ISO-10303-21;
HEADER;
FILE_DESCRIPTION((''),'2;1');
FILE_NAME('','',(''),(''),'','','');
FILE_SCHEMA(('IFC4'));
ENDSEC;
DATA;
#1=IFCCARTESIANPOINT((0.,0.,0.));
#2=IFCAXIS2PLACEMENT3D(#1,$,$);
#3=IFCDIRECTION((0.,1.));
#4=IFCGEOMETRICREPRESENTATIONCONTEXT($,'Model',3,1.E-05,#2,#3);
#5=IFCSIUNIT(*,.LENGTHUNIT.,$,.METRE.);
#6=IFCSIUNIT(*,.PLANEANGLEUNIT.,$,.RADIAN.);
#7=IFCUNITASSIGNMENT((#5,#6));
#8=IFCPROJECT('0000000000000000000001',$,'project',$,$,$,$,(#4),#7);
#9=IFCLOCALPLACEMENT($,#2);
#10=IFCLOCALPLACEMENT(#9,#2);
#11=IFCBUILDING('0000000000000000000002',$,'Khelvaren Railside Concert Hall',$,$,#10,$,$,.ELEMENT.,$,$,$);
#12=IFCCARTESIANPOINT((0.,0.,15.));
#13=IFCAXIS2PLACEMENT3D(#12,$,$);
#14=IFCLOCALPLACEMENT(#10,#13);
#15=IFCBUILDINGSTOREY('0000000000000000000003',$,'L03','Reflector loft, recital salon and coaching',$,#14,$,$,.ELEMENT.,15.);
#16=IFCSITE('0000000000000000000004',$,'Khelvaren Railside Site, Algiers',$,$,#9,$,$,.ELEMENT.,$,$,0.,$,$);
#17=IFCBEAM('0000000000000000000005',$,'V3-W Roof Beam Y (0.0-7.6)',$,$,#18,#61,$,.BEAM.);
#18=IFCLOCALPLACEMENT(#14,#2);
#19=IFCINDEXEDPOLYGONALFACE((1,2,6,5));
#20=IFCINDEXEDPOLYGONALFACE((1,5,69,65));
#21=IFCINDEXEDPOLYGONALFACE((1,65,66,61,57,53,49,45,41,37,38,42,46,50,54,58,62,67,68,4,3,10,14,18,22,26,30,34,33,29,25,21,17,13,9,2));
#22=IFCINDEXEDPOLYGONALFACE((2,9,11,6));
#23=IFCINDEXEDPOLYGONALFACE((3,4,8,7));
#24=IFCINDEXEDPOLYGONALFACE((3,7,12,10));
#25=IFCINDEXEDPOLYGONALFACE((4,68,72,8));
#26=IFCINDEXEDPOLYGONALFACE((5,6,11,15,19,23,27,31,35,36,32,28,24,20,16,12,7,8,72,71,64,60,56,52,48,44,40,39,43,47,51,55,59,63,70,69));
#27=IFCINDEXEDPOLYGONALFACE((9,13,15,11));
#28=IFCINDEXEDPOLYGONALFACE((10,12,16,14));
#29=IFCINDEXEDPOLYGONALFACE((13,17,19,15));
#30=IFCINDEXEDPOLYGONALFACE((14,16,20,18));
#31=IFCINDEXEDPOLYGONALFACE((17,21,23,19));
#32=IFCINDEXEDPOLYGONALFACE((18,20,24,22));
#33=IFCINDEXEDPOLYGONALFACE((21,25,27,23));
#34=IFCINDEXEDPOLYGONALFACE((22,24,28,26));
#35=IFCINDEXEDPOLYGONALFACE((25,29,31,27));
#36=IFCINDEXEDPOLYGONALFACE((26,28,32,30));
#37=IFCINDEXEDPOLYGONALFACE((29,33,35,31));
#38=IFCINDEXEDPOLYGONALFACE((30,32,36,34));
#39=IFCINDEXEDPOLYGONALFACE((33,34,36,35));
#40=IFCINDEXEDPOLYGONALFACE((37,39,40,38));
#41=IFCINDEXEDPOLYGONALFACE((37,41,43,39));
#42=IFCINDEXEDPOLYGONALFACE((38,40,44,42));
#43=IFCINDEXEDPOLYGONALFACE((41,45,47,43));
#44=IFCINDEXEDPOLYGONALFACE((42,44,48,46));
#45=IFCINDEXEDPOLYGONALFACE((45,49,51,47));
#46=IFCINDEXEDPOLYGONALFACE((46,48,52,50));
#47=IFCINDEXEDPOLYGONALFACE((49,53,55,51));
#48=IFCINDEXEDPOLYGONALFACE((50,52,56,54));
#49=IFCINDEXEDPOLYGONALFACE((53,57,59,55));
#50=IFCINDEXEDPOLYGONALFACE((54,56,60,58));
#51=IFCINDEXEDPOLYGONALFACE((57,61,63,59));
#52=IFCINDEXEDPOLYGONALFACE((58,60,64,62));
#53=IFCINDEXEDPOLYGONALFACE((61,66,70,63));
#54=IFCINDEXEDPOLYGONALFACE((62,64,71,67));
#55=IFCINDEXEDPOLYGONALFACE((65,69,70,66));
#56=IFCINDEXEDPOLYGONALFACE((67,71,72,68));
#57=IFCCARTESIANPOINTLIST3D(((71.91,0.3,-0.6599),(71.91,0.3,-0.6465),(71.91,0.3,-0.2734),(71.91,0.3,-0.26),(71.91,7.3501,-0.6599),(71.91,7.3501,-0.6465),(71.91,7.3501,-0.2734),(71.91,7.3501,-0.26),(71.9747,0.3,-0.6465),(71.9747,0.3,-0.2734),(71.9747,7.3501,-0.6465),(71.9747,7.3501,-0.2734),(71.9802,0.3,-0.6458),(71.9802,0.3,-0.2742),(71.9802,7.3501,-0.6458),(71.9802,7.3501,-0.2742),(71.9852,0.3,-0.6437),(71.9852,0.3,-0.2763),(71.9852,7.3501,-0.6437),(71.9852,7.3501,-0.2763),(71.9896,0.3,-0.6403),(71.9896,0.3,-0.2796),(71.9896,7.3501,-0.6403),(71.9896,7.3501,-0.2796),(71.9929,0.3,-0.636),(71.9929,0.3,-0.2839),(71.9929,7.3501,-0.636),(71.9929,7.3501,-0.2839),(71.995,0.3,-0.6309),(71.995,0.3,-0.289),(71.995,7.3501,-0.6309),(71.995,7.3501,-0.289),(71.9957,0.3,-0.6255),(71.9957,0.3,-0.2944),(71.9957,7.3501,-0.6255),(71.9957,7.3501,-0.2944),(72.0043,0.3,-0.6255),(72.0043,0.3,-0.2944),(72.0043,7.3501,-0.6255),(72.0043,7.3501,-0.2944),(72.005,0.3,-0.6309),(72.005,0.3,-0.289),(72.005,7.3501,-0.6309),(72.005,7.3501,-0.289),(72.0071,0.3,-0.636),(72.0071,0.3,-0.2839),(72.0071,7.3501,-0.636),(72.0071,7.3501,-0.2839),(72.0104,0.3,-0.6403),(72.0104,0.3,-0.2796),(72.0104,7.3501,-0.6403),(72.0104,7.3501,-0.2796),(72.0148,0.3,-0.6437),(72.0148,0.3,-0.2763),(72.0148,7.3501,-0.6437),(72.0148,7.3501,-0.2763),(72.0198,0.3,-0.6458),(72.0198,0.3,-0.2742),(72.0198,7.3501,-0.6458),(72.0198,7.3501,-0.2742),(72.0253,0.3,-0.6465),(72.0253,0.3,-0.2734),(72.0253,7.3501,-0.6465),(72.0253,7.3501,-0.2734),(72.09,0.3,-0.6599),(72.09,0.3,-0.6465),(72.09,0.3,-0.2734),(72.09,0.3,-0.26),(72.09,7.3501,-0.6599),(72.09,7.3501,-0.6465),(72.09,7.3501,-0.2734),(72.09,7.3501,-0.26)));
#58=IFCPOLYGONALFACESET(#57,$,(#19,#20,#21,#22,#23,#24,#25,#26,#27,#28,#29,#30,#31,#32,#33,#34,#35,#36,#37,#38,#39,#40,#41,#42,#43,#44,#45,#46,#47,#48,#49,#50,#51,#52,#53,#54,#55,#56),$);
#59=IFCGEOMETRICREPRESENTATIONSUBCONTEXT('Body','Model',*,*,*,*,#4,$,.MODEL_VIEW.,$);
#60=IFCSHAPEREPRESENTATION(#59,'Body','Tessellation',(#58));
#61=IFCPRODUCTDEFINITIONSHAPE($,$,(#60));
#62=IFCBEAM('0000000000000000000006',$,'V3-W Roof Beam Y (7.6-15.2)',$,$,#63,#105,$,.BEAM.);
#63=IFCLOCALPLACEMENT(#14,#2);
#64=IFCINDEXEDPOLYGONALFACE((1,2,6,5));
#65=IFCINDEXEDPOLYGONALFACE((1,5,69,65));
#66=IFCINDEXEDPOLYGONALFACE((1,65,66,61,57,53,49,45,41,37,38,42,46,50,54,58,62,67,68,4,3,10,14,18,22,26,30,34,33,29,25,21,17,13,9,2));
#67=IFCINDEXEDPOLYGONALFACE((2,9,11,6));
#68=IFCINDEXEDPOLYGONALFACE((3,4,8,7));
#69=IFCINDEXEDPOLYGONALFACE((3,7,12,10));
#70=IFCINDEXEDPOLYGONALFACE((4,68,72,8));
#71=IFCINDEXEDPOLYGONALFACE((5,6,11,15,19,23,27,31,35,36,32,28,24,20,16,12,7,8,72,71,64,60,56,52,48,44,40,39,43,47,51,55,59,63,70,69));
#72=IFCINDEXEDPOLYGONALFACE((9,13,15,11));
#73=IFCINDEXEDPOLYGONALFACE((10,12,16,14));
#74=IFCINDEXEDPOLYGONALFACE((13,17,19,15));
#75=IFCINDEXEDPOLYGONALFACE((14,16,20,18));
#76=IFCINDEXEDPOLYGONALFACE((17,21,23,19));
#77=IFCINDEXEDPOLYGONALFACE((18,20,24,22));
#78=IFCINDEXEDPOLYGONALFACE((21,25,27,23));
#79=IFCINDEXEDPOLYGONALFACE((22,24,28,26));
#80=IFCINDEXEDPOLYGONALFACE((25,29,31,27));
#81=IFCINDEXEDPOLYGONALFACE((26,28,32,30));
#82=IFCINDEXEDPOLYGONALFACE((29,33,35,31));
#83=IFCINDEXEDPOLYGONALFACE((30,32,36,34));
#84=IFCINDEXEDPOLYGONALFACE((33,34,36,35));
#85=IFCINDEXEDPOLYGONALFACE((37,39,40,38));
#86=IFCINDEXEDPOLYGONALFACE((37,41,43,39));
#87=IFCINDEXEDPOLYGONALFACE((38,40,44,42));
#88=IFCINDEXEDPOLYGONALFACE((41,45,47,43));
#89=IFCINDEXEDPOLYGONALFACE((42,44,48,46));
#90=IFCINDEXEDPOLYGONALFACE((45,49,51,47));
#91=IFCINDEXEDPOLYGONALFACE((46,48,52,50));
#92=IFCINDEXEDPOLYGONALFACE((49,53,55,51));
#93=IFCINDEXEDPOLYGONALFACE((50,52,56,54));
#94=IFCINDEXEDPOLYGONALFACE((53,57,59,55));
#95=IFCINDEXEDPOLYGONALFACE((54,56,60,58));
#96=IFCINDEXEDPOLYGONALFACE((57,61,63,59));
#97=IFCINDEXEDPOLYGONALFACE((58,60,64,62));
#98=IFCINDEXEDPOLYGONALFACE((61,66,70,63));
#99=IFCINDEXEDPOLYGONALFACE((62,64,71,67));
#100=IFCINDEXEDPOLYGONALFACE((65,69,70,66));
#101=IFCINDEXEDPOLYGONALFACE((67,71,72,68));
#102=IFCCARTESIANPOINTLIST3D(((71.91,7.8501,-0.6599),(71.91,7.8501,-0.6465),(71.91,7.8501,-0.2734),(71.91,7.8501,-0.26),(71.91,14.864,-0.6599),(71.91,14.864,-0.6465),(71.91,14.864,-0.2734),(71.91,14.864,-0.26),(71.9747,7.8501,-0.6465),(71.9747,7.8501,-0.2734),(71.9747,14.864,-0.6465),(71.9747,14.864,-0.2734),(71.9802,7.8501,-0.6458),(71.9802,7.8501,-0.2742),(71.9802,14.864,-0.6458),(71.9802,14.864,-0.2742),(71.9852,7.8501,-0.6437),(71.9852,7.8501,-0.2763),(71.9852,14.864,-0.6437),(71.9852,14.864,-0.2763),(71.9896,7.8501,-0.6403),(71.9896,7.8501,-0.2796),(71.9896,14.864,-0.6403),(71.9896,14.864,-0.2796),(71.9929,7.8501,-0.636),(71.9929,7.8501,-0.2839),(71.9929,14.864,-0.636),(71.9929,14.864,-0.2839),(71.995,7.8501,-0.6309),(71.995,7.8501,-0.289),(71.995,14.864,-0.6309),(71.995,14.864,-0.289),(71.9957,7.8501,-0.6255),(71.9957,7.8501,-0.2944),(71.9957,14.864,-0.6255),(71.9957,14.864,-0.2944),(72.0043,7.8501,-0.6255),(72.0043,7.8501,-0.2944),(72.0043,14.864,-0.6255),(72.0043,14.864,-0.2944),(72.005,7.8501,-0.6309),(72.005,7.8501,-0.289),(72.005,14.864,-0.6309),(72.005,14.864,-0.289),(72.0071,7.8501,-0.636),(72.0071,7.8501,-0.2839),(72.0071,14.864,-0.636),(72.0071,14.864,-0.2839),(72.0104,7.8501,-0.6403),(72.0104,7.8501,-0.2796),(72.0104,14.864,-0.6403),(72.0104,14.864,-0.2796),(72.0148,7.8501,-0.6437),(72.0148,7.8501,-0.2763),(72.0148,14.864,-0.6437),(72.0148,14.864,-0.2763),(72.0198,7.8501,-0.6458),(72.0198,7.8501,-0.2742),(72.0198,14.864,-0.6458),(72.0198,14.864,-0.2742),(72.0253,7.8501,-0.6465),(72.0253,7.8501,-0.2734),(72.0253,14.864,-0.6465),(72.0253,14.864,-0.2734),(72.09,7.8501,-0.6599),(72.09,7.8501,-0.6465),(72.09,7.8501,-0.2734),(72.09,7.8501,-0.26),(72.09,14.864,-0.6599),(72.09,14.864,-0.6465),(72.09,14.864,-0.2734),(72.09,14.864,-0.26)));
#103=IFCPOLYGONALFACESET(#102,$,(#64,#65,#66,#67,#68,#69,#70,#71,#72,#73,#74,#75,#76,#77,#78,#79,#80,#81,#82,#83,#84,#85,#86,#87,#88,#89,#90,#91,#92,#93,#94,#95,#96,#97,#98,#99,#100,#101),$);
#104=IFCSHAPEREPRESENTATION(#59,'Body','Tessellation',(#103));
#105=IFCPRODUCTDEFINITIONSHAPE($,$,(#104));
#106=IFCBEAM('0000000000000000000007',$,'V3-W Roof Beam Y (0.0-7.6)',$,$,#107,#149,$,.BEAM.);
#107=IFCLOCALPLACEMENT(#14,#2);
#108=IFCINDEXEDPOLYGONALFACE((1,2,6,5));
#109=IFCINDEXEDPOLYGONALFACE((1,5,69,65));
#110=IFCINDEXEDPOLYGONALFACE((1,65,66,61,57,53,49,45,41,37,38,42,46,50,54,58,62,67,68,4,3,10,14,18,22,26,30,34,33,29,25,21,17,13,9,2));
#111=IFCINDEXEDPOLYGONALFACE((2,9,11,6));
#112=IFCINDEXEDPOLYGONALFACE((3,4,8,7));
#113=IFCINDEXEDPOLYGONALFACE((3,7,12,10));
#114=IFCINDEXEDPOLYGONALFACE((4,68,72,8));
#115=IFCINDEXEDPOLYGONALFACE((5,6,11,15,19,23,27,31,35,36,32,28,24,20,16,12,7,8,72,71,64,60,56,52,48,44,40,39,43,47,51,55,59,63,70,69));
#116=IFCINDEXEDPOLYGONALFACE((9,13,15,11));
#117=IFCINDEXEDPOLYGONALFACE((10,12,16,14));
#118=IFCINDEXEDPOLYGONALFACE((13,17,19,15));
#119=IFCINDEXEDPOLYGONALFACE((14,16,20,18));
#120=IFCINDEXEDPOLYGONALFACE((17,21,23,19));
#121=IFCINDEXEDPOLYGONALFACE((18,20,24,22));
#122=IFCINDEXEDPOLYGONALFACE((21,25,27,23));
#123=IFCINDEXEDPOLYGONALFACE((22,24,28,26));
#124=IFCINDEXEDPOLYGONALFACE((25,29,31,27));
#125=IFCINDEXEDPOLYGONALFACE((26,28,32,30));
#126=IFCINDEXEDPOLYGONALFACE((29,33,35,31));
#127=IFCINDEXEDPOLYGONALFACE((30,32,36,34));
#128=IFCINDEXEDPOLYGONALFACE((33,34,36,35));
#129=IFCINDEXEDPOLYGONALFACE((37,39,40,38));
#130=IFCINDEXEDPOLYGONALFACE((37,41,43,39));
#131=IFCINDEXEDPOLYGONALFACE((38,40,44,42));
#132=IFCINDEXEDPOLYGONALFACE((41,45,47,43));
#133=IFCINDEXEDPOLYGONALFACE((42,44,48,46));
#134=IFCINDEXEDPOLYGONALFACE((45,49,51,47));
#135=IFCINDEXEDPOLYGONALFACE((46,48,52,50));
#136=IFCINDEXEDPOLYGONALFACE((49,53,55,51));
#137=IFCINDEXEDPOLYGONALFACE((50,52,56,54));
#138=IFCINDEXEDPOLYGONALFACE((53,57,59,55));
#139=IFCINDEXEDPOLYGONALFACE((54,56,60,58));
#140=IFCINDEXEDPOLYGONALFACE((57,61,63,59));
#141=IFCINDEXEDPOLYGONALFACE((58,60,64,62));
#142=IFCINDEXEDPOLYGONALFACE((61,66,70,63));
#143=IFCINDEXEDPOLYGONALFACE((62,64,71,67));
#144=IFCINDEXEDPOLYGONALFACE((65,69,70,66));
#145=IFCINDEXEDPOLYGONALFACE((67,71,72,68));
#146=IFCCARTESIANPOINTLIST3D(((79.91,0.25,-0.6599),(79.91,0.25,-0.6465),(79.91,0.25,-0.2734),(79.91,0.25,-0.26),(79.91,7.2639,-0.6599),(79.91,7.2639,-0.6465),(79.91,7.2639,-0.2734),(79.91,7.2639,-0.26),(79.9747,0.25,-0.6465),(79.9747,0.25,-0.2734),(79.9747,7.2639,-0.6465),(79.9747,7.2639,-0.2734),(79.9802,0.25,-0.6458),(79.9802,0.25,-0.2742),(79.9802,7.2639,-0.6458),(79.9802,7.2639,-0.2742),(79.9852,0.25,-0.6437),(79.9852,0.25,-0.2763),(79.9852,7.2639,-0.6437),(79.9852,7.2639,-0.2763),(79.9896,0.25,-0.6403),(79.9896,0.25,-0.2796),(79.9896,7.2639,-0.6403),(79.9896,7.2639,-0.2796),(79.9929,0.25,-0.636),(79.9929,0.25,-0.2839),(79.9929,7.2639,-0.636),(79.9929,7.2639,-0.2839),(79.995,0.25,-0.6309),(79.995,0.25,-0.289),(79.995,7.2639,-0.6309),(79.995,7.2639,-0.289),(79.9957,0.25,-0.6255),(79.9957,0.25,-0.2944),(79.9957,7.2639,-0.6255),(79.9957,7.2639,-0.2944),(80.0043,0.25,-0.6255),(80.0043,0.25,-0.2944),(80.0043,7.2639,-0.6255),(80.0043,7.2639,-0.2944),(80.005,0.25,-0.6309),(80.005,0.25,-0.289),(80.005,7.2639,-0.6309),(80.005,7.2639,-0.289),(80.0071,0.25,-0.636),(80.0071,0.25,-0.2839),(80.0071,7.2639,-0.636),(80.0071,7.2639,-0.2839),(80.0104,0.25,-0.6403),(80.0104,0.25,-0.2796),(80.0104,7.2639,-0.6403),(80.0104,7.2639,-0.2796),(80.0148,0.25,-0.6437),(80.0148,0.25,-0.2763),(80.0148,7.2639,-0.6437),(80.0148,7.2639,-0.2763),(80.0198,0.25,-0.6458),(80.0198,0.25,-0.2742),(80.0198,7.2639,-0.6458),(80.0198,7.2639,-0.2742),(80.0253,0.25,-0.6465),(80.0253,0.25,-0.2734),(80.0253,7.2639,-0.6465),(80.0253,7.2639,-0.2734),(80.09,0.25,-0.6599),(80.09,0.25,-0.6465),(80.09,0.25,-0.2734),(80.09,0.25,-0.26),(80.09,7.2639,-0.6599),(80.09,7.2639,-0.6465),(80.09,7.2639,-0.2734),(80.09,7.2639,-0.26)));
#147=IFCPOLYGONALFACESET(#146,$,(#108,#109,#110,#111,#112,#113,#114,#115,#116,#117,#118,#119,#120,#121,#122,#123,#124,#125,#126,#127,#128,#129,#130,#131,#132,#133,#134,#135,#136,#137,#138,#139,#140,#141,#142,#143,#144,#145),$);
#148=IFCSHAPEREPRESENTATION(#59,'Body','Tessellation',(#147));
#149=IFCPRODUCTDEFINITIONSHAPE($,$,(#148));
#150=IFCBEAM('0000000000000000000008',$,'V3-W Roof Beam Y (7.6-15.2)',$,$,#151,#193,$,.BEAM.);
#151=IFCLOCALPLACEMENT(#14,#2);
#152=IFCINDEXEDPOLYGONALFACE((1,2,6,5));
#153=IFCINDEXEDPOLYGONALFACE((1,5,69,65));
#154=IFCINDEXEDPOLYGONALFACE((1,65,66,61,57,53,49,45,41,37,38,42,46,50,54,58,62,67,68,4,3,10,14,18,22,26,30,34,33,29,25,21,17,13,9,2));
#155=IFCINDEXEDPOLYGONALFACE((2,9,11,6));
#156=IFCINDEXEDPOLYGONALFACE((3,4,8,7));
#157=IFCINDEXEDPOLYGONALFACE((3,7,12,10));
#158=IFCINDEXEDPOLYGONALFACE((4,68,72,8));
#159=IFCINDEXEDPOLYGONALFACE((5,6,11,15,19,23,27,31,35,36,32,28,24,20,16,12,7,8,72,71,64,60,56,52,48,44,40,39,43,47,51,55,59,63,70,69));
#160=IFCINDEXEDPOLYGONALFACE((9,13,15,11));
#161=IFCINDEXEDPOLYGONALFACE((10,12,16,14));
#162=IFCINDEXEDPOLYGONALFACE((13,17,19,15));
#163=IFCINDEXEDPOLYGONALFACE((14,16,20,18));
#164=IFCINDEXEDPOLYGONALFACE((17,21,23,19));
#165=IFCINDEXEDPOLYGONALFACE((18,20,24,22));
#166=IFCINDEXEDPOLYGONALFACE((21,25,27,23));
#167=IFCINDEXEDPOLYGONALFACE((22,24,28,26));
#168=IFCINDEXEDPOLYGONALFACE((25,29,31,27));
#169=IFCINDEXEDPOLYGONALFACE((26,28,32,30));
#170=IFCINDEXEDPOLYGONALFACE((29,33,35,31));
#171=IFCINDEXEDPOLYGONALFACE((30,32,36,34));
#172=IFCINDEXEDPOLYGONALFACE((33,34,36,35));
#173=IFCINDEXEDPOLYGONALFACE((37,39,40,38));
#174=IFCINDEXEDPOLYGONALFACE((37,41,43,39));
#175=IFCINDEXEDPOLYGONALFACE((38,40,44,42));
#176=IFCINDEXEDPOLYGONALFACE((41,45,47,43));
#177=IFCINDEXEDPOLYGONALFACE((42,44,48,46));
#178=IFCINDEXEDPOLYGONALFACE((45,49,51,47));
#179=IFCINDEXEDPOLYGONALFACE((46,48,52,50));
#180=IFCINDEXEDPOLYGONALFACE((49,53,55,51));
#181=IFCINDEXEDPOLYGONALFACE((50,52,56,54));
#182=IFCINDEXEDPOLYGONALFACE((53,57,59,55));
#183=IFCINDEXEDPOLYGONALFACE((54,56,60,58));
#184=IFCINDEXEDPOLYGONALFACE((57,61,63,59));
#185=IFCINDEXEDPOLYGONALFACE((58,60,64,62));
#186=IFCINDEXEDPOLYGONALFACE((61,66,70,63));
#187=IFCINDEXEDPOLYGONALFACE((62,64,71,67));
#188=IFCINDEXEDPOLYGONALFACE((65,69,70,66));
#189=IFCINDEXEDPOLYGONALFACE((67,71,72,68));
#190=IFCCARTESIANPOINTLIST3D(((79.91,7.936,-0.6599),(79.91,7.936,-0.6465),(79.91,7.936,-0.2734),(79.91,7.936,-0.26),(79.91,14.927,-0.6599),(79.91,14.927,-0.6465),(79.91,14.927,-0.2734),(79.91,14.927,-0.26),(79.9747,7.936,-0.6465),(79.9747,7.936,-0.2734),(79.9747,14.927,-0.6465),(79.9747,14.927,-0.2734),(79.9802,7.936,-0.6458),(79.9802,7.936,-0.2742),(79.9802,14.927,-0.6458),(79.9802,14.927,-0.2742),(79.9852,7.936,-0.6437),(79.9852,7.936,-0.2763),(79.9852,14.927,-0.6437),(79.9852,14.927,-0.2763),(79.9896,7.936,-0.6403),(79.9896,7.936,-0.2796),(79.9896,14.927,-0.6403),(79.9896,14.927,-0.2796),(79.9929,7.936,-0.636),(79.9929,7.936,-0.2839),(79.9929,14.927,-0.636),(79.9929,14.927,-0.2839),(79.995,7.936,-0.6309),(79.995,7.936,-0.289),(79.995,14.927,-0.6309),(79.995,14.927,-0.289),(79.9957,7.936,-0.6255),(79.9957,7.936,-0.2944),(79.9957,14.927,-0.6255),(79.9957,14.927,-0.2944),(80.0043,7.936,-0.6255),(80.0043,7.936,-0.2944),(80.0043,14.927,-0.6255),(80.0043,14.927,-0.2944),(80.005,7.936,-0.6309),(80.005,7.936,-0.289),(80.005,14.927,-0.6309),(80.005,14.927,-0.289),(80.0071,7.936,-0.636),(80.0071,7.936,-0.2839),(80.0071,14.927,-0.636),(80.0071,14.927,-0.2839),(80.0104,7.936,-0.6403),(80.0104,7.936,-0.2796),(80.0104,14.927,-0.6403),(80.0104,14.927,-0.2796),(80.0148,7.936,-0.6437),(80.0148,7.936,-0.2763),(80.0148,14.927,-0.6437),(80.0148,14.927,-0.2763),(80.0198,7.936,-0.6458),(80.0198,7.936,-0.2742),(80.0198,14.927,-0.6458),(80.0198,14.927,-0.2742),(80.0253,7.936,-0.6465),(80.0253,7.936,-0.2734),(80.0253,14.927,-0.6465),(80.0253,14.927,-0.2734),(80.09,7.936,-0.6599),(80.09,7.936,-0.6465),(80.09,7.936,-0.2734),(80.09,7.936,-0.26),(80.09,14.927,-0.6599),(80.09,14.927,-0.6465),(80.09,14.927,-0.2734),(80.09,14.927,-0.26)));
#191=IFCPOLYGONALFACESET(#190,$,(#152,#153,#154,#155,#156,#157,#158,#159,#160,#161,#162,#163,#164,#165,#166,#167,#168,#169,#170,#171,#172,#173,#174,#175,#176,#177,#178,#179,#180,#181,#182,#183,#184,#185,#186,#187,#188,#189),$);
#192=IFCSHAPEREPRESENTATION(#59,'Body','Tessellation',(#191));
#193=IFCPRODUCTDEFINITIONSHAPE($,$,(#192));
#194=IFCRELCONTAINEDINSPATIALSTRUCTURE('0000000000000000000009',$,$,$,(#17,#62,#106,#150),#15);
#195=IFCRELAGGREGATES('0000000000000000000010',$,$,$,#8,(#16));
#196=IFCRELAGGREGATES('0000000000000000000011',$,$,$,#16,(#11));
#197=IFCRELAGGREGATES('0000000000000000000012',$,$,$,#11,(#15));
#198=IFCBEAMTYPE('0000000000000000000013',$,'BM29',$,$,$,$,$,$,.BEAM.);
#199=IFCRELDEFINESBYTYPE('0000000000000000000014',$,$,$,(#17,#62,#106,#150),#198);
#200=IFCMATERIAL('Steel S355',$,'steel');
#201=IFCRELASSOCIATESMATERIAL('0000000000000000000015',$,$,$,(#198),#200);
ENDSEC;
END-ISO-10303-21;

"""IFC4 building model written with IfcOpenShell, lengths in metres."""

from ifc_helpers import new_model, si_unit, direction, frame, origin, origin_2d, place, context, subcontext, project, spatial, i_section, extrude, material, material_profile, profile_set, type_object, element, save


model = new_model("IFC4")

# Units and contexts
model_context = context("Model", 3, precision=1e-05, world=origin(), true_north=direction((0.0, 1.0)))
body_context = subcontext(model_context, "Body", "Model", "MODEL_VIEW")
ifc_project = project(units=[si_unit("LENGTHUNIT", "METRE"), si_unit("PLANEANGLEUNIT", "RADIAN")], contexts=[model_context])

# Site, building, storey
site_placement = place(None, origin())
site = spatial("IfcSite", under=ifc_project, at=site_placement, Name="Khelvaren Railside Site, Algiers", CompositionType="ELEMENT", RefElevation=0.0)
building_placement = place(site_placement, origin())
building = spatial("IfcBuilding", under=site, at=building_placement, Name="Khelvaren Railside Concert Hall", CompositionType="ELEMENT")
storey_placement = place(building_placement, frame((0.0, 0.0, 15.0)))
storey = spatial("IfcBuildingStorey", under=building, at=storey_placement, Name="L03", Description="Reflector loft, recital salon and coaching", CompositionType="ELEMENT", Elevation=15.0)

# Beams
ifc_material_1 = material(Name="Steel S355", Category="steel")
ifc_material_profile_1 = material_profile(ifc_material_1, i_section(OverallWidth=0.1799, OverallDepth=0.3999, WebThickness=0.0085, FlangeThickness=0.0134, FilletRadius=0.021, at=origin_2d()), Name="IPE 400")
ifc_profile_set_1 = profile_set([ifc_material_profile_1], Name="Steel S355")
beam_type_1 = type_object("IfcBeamType", Name="BM29", PredefinedType="BEAM", material=ifc_profile_set_1)
beam_1_placement = place(storey_placement, frame((72.0, 0.3, -0.46), z_axis=(0.0, 1.0, 0.0), x_axis=(-1.0, 0.0, 0.0)))
element("IfcBeam", 1, at=beam_1_placement, inside=storey, type_object=beam_type_1, Name="V3-W Roof Beam Y (0.0-7.6)", PredefinedType="BEAM", context=body_context, shape_type="SweptSolid", body=[
    extrude(i_section(OverallWidth=0.1799, OverallDepth=0.3999, WebThickness=0.0085, FlangeThickness=0.0134, FilletRadius=0.021, at=origin_2d()), origin(), (0.0, 0.0, 1.0), 7.05),
])
for number, where, z_axis, x_axis, name in (
    (2, (72.0, 7.8501, -0.46), (0.0, 1.0, 0.0), (-1.0, 0.0, 0.0), "V3-W Roof Beam Y (7.6-15.2)"),
    (3, (80.0, 0.25, -0.46), (0.0, 1.0, 0.0), (-1.0, 0.0, 0.0), "V3-W Roof Beam Y (0.0-7.6)"),
):
    element("IfcBeam", number, at=place(storey_placement, frame(where, z_axis=z_axis, x_axis=x_axis)), inside=storey, type_object=beam_type_1, Name=name, PredefinedType="BEAM", context=body_context, shape_type="SweptSolid", body=[
        extrude(i_section(OverallWidth=0.1799, OverallDepth=0.3999, WebThickness=0.0085, FlangeThickness=0.0134, FilletRadius=0.021, at=origin_2d()), origin(), (0.0, 0.0, 1.0), 7.0139),
    ])
for number, where, z_axis, x_axis, name in (
    (4, (80.0, 7.936, -0.46), (0.0, 1.0, 0.0), (-1.0, 0.0, 0.0), "V3-W Roof Beam Y (7.6-15.2)"),
):
    element("IfcBeam", number, at=place(storey_placement, frame(where, z_axis=z_axis, x_axis=x_axis)), inside=storey, type_object=beam_type_1, Name=name, PredefinedType="BEAM", context=body_context, shape_type="SweptSolid", body=[
        extrude(i_section(OverallWidth=0.1799, OverallDepth=0.3999, WebThickness=0.0085, FlangeThickness=0.0134, FilletRadius=0.021, at=origin_2d()), origin(), (0.0, 0.0, 1.0), 6.991),
    ])

save(model, "model.ifc")
